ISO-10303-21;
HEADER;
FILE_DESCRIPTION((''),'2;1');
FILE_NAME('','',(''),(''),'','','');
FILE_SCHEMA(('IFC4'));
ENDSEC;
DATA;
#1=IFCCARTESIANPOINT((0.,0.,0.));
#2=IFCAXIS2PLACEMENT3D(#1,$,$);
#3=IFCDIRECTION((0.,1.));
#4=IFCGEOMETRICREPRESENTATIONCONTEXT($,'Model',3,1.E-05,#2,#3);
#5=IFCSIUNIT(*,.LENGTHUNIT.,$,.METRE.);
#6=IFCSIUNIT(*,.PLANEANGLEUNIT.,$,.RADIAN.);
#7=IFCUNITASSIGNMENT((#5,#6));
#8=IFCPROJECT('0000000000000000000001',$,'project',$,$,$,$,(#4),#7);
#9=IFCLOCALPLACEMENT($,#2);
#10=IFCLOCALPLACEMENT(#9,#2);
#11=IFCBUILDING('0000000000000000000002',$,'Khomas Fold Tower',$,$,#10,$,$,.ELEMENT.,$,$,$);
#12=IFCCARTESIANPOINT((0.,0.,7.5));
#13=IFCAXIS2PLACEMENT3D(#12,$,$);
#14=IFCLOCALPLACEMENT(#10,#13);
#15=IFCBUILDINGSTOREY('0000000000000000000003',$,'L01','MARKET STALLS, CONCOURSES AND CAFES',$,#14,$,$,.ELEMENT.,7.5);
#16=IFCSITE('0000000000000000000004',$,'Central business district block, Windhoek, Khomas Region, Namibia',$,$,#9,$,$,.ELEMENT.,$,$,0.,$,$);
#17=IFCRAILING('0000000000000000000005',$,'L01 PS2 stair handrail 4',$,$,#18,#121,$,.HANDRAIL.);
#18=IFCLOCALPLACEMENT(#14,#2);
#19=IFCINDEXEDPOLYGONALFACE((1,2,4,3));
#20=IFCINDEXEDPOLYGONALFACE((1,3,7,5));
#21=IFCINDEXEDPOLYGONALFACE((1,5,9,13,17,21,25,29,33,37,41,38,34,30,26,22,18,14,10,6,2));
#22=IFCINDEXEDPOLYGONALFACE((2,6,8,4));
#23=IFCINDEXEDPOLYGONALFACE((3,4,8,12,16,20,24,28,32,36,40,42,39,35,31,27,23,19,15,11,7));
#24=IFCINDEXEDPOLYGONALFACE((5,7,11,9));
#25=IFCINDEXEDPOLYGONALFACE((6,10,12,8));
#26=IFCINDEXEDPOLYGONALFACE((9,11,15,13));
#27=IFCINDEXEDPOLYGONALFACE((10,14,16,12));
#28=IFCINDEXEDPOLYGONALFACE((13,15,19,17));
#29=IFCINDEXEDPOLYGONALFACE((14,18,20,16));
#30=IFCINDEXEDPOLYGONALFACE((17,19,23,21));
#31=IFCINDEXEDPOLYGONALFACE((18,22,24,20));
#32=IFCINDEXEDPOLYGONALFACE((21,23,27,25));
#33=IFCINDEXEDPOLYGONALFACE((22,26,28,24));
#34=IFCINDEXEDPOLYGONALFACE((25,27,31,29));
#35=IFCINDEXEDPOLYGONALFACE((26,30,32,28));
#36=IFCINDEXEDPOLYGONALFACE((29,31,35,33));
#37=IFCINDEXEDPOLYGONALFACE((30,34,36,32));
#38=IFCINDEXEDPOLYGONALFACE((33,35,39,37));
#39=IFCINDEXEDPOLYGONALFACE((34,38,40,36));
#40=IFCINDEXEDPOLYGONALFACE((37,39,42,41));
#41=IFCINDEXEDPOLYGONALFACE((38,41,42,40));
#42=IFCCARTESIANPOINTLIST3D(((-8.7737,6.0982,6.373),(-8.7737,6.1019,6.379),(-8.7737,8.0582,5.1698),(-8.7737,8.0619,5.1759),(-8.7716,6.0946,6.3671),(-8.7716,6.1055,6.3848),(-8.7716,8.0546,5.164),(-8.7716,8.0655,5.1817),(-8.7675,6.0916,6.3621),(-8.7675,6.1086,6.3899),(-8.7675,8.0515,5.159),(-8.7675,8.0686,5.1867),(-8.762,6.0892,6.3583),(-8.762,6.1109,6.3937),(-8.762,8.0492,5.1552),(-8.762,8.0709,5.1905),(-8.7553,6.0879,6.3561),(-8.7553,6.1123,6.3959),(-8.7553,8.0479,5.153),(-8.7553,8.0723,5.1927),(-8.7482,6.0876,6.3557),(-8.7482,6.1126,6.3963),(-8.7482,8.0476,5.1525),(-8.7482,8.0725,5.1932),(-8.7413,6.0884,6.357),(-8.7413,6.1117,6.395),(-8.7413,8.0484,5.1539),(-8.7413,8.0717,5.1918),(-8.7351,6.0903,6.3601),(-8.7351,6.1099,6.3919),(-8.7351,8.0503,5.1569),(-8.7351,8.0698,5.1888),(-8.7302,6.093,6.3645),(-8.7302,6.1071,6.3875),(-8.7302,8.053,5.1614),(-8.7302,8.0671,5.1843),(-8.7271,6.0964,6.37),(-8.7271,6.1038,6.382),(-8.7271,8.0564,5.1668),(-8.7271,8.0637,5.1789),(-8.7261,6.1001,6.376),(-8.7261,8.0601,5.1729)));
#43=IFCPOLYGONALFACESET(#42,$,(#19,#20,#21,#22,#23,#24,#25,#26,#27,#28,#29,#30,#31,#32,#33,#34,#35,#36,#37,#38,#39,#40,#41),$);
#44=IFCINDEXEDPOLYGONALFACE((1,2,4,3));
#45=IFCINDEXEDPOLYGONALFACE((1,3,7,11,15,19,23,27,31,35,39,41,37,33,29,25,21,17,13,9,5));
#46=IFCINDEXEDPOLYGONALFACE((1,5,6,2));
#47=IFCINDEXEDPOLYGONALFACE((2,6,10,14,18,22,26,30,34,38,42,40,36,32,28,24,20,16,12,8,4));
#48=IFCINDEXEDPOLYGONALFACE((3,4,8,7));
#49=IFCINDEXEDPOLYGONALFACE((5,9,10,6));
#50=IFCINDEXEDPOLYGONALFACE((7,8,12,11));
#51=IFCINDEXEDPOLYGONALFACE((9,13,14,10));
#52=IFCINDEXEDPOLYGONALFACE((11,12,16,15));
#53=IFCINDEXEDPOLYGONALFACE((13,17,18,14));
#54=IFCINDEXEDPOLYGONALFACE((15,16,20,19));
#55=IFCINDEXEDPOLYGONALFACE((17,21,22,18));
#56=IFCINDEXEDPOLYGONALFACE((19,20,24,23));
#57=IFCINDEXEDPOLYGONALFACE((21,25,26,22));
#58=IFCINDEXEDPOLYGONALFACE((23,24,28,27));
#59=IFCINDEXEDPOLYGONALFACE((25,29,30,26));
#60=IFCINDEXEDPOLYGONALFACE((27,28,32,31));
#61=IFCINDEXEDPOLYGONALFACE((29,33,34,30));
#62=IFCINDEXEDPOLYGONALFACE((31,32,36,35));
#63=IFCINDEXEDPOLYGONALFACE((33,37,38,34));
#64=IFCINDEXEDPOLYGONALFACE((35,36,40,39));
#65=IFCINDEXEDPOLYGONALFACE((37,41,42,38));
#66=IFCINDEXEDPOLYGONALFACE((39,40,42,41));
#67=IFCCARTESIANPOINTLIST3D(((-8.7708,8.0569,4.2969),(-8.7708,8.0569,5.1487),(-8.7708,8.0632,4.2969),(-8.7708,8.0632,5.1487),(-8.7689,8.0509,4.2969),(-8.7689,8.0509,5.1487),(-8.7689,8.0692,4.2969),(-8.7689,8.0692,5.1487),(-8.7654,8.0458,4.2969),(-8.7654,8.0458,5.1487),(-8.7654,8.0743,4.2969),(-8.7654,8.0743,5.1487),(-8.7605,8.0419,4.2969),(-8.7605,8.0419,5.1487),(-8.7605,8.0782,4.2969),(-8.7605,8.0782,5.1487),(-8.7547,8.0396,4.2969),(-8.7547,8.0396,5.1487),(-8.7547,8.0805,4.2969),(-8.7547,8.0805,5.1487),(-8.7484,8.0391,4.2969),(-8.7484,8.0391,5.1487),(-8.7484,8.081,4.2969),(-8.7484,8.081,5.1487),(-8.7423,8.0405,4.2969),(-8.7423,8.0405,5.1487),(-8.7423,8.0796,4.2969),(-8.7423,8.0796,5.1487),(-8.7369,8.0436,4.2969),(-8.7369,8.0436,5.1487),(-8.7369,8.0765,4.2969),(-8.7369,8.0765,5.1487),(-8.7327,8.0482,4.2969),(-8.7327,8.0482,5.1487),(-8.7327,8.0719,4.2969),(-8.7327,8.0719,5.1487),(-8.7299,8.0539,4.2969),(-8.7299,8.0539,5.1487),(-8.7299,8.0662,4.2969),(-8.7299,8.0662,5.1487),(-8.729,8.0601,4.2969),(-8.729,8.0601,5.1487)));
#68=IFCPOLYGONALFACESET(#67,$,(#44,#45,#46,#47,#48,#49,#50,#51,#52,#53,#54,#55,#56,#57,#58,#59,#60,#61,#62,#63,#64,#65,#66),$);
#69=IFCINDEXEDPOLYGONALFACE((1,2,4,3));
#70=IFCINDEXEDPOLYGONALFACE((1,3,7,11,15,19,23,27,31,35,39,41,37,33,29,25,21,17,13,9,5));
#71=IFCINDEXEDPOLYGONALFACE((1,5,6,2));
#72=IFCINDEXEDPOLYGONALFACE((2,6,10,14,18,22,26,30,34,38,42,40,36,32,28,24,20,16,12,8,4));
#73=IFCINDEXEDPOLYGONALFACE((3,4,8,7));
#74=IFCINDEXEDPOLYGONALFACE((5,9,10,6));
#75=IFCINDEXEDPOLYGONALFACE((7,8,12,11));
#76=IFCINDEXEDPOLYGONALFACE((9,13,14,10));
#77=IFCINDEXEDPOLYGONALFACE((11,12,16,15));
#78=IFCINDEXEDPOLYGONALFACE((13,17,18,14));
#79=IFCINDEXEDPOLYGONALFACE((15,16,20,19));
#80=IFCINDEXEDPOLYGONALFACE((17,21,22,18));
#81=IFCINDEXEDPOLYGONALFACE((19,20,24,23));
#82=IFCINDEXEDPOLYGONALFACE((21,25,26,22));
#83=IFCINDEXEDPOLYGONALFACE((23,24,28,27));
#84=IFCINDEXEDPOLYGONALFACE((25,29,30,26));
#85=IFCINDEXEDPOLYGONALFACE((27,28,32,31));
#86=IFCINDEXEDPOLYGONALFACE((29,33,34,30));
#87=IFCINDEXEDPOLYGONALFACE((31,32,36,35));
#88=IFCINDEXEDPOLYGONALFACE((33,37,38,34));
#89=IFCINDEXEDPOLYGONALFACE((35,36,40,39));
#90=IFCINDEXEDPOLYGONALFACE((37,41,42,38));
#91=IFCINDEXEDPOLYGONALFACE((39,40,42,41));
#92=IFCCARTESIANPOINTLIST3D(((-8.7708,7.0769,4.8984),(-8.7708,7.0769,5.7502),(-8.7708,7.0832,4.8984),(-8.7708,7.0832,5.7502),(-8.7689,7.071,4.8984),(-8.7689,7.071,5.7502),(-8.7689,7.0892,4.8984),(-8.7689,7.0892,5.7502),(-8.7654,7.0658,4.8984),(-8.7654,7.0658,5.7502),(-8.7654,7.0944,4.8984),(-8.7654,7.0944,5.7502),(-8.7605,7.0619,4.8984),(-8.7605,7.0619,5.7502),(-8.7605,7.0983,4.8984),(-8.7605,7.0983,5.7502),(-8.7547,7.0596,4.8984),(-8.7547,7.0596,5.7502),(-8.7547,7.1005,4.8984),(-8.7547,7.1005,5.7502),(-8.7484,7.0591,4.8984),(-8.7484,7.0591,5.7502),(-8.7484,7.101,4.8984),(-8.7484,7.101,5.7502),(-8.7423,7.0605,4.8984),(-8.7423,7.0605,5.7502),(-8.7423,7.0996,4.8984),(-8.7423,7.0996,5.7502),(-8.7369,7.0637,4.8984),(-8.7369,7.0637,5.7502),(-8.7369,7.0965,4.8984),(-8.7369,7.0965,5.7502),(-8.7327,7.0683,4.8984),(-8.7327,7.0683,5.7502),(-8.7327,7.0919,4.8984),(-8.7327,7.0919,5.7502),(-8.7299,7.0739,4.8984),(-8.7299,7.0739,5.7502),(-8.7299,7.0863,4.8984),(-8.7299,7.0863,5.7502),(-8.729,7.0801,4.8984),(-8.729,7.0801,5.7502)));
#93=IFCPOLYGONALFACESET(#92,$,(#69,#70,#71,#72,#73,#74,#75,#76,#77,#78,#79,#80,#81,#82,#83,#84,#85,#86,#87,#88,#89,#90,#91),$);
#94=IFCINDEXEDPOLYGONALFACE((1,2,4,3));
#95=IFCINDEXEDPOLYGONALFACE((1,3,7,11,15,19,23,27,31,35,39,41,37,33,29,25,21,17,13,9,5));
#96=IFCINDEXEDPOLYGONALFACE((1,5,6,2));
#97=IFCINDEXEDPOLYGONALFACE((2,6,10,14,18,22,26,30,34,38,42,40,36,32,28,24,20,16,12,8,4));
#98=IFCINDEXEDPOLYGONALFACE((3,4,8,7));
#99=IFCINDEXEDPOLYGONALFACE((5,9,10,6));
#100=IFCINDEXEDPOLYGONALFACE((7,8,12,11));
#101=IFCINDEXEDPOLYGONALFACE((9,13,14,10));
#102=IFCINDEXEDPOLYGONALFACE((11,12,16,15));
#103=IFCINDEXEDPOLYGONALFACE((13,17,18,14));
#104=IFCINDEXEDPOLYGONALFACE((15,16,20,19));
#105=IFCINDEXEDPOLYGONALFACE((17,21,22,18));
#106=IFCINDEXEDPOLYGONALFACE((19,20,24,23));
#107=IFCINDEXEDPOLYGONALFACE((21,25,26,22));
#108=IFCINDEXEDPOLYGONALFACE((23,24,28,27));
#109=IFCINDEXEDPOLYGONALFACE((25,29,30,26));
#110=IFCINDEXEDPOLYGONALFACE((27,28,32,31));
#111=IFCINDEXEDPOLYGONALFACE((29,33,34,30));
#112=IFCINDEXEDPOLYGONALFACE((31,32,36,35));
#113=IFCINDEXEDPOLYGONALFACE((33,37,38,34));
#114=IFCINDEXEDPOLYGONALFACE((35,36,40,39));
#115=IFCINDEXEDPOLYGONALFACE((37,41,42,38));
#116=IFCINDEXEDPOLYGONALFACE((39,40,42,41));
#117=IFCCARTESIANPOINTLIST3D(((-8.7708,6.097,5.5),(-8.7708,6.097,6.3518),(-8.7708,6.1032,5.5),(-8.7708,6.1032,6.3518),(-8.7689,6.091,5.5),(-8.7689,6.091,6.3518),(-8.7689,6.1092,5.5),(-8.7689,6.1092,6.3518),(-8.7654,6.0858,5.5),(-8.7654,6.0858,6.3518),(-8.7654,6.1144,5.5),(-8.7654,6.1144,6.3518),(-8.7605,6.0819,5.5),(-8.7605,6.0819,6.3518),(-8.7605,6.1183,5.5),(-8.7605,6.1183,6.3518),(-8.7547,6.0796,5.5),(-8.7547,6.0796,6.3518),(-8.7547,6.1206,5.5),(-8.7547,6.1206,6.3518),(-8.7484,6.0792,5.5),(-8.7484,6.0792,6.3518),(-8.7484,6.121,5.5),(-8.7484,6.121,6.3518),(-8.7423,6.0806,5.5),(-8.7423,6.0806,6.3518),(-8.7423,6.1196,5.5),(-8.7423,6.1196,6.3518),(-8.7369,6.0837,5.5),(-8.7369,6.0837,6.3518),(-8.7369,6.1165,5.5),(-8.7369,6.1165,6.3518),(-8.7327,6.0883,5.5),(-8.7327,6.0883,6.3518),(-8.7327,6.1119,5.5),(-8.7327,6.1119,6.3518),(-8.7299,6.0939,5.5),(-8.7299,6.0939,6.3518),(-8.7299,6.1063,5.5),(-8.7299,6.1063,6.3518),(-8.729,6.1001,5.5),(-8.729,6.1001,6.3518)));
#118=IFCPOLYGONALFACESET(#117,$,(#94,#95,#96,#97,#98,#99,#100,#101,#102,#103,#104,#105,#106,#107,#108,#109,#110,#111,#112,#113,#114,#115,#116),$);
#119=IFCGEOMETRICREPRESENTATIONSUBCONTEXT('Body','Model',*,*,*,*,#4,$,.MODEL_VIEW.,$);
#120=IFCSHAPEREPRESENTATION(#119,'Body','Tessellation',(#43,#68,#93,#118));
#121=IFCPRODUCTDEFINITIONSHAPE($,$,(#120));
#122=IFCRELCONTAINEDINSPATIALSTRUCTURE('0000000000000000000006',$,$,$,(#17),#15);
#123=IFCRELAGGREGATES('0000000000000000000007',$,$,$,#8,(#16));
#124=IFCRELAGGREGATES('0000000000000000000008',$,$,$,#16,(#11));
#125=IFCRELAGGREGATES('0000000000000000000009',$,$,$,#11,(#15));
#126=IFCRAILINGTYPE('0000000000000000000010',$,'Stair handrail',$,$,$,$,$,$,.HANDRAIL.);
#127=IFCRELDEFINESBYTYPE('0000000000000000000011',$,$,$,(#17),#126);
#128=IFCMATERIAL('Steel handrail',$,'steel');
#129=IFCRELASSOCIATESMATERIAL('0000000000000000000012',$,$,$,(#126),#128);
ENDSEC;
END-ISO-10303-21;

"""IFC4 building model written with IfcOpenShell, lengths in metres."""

from ifc_helpers import new_model, si_unit, direction, frame, origin, origin_2d, place, context, subcontext, project, spatial, circle, extrude, source, transform, mapped, material, type_object, element, save


model = new_model("IFC4")

# Units and contexts
model_context = context("Model", 3, precision=1e-05, world=origin(), true_north=direction((0.0, 1.0)))
body_context = subcontext(model_context, "Body", "Model", "MODEL_VIEW")
ifc_project = project(units=[si_unit("LENGTHUNIT", "METRE"), si_unit("PLANEANGLEUNIT", "RADIAN")], contexts=[model_context])

# Site, building, storey
site_placement = place(None, origin())
site = spatial("IfcSite", under=ifc_project, at=site_placement, Name="Central business district block, Windhoek, Khomas Region, Namibia", CompositionType="ELEMENT", RefElevation=0.0)
building_placement = place(site_placement, origin())
building = spatial("IfcBuilding", under=site, at=building_placement, Name="Khomas Fold Tower", CompositionType="ELEMENT")
storey_placement = place(building_placement, frame((0.0, 0.0, 7.5)))
storey = spatial("IfcBuildingStorey", under=building, at=storey_placement, Name="L01", Description="MARKET STALLS, CONCOURSES AND CAFES", CompositionType="ELEMENT", Elevation=7.5)

# Railing
ifc_material_1 = material(Name="Steel handrail", Category="steel")
railing_type_1 = type_object("IfcRailingType", Name="Stair handrail", PredefinedType="HANDRAIL", material=ifc_material_1)
shared_shape_1 = source(origin(), body_context, "Body", "SweptSolid", [
    extrude(circle(Radius=0.0239, at=origin_2d()), frame((0.0, 0.0, 0.876), z_axis=(0.0, -0.852241, 0.523149), x_axis=(1.0, 0.0, 0.0)), (0.0, 0.0, 1.0), 2.2998),
    extrude(circle(Radius=0.021, at=origin_2d()), origin(), (0.0, 0.0, 1.0), 0.8518),
    extrude(circle(Radius=0.021, at=origin_2d()), frame((0.0, -0.98, 0.6016)), (0.0, 0.0, 1.0), 0.8518),
    extrude(circle(Radius=0.021, at=origin_2d()), frame((0.0, -1.96, 1.2031)), (0.0, 0.0, 1.0), 0.8518),
])
for number, where, name in (
    (1, (-8.75, 8.0601, 4.2969), "L01 PS2 stair handrail 4"),
):
    element("IfcRailing", number, at=place(storey_placement, frame(where)), inside=storey, type_object=railing_type_1, Name=name, PredefinedType="HANDRAIL", context=body_context, shape_type="MappedRepresentation", body=[
        mapped(shared_shape_1, transform((0.0, 0.0, 0.0))),
    ])

save(model, "model.ifc")
